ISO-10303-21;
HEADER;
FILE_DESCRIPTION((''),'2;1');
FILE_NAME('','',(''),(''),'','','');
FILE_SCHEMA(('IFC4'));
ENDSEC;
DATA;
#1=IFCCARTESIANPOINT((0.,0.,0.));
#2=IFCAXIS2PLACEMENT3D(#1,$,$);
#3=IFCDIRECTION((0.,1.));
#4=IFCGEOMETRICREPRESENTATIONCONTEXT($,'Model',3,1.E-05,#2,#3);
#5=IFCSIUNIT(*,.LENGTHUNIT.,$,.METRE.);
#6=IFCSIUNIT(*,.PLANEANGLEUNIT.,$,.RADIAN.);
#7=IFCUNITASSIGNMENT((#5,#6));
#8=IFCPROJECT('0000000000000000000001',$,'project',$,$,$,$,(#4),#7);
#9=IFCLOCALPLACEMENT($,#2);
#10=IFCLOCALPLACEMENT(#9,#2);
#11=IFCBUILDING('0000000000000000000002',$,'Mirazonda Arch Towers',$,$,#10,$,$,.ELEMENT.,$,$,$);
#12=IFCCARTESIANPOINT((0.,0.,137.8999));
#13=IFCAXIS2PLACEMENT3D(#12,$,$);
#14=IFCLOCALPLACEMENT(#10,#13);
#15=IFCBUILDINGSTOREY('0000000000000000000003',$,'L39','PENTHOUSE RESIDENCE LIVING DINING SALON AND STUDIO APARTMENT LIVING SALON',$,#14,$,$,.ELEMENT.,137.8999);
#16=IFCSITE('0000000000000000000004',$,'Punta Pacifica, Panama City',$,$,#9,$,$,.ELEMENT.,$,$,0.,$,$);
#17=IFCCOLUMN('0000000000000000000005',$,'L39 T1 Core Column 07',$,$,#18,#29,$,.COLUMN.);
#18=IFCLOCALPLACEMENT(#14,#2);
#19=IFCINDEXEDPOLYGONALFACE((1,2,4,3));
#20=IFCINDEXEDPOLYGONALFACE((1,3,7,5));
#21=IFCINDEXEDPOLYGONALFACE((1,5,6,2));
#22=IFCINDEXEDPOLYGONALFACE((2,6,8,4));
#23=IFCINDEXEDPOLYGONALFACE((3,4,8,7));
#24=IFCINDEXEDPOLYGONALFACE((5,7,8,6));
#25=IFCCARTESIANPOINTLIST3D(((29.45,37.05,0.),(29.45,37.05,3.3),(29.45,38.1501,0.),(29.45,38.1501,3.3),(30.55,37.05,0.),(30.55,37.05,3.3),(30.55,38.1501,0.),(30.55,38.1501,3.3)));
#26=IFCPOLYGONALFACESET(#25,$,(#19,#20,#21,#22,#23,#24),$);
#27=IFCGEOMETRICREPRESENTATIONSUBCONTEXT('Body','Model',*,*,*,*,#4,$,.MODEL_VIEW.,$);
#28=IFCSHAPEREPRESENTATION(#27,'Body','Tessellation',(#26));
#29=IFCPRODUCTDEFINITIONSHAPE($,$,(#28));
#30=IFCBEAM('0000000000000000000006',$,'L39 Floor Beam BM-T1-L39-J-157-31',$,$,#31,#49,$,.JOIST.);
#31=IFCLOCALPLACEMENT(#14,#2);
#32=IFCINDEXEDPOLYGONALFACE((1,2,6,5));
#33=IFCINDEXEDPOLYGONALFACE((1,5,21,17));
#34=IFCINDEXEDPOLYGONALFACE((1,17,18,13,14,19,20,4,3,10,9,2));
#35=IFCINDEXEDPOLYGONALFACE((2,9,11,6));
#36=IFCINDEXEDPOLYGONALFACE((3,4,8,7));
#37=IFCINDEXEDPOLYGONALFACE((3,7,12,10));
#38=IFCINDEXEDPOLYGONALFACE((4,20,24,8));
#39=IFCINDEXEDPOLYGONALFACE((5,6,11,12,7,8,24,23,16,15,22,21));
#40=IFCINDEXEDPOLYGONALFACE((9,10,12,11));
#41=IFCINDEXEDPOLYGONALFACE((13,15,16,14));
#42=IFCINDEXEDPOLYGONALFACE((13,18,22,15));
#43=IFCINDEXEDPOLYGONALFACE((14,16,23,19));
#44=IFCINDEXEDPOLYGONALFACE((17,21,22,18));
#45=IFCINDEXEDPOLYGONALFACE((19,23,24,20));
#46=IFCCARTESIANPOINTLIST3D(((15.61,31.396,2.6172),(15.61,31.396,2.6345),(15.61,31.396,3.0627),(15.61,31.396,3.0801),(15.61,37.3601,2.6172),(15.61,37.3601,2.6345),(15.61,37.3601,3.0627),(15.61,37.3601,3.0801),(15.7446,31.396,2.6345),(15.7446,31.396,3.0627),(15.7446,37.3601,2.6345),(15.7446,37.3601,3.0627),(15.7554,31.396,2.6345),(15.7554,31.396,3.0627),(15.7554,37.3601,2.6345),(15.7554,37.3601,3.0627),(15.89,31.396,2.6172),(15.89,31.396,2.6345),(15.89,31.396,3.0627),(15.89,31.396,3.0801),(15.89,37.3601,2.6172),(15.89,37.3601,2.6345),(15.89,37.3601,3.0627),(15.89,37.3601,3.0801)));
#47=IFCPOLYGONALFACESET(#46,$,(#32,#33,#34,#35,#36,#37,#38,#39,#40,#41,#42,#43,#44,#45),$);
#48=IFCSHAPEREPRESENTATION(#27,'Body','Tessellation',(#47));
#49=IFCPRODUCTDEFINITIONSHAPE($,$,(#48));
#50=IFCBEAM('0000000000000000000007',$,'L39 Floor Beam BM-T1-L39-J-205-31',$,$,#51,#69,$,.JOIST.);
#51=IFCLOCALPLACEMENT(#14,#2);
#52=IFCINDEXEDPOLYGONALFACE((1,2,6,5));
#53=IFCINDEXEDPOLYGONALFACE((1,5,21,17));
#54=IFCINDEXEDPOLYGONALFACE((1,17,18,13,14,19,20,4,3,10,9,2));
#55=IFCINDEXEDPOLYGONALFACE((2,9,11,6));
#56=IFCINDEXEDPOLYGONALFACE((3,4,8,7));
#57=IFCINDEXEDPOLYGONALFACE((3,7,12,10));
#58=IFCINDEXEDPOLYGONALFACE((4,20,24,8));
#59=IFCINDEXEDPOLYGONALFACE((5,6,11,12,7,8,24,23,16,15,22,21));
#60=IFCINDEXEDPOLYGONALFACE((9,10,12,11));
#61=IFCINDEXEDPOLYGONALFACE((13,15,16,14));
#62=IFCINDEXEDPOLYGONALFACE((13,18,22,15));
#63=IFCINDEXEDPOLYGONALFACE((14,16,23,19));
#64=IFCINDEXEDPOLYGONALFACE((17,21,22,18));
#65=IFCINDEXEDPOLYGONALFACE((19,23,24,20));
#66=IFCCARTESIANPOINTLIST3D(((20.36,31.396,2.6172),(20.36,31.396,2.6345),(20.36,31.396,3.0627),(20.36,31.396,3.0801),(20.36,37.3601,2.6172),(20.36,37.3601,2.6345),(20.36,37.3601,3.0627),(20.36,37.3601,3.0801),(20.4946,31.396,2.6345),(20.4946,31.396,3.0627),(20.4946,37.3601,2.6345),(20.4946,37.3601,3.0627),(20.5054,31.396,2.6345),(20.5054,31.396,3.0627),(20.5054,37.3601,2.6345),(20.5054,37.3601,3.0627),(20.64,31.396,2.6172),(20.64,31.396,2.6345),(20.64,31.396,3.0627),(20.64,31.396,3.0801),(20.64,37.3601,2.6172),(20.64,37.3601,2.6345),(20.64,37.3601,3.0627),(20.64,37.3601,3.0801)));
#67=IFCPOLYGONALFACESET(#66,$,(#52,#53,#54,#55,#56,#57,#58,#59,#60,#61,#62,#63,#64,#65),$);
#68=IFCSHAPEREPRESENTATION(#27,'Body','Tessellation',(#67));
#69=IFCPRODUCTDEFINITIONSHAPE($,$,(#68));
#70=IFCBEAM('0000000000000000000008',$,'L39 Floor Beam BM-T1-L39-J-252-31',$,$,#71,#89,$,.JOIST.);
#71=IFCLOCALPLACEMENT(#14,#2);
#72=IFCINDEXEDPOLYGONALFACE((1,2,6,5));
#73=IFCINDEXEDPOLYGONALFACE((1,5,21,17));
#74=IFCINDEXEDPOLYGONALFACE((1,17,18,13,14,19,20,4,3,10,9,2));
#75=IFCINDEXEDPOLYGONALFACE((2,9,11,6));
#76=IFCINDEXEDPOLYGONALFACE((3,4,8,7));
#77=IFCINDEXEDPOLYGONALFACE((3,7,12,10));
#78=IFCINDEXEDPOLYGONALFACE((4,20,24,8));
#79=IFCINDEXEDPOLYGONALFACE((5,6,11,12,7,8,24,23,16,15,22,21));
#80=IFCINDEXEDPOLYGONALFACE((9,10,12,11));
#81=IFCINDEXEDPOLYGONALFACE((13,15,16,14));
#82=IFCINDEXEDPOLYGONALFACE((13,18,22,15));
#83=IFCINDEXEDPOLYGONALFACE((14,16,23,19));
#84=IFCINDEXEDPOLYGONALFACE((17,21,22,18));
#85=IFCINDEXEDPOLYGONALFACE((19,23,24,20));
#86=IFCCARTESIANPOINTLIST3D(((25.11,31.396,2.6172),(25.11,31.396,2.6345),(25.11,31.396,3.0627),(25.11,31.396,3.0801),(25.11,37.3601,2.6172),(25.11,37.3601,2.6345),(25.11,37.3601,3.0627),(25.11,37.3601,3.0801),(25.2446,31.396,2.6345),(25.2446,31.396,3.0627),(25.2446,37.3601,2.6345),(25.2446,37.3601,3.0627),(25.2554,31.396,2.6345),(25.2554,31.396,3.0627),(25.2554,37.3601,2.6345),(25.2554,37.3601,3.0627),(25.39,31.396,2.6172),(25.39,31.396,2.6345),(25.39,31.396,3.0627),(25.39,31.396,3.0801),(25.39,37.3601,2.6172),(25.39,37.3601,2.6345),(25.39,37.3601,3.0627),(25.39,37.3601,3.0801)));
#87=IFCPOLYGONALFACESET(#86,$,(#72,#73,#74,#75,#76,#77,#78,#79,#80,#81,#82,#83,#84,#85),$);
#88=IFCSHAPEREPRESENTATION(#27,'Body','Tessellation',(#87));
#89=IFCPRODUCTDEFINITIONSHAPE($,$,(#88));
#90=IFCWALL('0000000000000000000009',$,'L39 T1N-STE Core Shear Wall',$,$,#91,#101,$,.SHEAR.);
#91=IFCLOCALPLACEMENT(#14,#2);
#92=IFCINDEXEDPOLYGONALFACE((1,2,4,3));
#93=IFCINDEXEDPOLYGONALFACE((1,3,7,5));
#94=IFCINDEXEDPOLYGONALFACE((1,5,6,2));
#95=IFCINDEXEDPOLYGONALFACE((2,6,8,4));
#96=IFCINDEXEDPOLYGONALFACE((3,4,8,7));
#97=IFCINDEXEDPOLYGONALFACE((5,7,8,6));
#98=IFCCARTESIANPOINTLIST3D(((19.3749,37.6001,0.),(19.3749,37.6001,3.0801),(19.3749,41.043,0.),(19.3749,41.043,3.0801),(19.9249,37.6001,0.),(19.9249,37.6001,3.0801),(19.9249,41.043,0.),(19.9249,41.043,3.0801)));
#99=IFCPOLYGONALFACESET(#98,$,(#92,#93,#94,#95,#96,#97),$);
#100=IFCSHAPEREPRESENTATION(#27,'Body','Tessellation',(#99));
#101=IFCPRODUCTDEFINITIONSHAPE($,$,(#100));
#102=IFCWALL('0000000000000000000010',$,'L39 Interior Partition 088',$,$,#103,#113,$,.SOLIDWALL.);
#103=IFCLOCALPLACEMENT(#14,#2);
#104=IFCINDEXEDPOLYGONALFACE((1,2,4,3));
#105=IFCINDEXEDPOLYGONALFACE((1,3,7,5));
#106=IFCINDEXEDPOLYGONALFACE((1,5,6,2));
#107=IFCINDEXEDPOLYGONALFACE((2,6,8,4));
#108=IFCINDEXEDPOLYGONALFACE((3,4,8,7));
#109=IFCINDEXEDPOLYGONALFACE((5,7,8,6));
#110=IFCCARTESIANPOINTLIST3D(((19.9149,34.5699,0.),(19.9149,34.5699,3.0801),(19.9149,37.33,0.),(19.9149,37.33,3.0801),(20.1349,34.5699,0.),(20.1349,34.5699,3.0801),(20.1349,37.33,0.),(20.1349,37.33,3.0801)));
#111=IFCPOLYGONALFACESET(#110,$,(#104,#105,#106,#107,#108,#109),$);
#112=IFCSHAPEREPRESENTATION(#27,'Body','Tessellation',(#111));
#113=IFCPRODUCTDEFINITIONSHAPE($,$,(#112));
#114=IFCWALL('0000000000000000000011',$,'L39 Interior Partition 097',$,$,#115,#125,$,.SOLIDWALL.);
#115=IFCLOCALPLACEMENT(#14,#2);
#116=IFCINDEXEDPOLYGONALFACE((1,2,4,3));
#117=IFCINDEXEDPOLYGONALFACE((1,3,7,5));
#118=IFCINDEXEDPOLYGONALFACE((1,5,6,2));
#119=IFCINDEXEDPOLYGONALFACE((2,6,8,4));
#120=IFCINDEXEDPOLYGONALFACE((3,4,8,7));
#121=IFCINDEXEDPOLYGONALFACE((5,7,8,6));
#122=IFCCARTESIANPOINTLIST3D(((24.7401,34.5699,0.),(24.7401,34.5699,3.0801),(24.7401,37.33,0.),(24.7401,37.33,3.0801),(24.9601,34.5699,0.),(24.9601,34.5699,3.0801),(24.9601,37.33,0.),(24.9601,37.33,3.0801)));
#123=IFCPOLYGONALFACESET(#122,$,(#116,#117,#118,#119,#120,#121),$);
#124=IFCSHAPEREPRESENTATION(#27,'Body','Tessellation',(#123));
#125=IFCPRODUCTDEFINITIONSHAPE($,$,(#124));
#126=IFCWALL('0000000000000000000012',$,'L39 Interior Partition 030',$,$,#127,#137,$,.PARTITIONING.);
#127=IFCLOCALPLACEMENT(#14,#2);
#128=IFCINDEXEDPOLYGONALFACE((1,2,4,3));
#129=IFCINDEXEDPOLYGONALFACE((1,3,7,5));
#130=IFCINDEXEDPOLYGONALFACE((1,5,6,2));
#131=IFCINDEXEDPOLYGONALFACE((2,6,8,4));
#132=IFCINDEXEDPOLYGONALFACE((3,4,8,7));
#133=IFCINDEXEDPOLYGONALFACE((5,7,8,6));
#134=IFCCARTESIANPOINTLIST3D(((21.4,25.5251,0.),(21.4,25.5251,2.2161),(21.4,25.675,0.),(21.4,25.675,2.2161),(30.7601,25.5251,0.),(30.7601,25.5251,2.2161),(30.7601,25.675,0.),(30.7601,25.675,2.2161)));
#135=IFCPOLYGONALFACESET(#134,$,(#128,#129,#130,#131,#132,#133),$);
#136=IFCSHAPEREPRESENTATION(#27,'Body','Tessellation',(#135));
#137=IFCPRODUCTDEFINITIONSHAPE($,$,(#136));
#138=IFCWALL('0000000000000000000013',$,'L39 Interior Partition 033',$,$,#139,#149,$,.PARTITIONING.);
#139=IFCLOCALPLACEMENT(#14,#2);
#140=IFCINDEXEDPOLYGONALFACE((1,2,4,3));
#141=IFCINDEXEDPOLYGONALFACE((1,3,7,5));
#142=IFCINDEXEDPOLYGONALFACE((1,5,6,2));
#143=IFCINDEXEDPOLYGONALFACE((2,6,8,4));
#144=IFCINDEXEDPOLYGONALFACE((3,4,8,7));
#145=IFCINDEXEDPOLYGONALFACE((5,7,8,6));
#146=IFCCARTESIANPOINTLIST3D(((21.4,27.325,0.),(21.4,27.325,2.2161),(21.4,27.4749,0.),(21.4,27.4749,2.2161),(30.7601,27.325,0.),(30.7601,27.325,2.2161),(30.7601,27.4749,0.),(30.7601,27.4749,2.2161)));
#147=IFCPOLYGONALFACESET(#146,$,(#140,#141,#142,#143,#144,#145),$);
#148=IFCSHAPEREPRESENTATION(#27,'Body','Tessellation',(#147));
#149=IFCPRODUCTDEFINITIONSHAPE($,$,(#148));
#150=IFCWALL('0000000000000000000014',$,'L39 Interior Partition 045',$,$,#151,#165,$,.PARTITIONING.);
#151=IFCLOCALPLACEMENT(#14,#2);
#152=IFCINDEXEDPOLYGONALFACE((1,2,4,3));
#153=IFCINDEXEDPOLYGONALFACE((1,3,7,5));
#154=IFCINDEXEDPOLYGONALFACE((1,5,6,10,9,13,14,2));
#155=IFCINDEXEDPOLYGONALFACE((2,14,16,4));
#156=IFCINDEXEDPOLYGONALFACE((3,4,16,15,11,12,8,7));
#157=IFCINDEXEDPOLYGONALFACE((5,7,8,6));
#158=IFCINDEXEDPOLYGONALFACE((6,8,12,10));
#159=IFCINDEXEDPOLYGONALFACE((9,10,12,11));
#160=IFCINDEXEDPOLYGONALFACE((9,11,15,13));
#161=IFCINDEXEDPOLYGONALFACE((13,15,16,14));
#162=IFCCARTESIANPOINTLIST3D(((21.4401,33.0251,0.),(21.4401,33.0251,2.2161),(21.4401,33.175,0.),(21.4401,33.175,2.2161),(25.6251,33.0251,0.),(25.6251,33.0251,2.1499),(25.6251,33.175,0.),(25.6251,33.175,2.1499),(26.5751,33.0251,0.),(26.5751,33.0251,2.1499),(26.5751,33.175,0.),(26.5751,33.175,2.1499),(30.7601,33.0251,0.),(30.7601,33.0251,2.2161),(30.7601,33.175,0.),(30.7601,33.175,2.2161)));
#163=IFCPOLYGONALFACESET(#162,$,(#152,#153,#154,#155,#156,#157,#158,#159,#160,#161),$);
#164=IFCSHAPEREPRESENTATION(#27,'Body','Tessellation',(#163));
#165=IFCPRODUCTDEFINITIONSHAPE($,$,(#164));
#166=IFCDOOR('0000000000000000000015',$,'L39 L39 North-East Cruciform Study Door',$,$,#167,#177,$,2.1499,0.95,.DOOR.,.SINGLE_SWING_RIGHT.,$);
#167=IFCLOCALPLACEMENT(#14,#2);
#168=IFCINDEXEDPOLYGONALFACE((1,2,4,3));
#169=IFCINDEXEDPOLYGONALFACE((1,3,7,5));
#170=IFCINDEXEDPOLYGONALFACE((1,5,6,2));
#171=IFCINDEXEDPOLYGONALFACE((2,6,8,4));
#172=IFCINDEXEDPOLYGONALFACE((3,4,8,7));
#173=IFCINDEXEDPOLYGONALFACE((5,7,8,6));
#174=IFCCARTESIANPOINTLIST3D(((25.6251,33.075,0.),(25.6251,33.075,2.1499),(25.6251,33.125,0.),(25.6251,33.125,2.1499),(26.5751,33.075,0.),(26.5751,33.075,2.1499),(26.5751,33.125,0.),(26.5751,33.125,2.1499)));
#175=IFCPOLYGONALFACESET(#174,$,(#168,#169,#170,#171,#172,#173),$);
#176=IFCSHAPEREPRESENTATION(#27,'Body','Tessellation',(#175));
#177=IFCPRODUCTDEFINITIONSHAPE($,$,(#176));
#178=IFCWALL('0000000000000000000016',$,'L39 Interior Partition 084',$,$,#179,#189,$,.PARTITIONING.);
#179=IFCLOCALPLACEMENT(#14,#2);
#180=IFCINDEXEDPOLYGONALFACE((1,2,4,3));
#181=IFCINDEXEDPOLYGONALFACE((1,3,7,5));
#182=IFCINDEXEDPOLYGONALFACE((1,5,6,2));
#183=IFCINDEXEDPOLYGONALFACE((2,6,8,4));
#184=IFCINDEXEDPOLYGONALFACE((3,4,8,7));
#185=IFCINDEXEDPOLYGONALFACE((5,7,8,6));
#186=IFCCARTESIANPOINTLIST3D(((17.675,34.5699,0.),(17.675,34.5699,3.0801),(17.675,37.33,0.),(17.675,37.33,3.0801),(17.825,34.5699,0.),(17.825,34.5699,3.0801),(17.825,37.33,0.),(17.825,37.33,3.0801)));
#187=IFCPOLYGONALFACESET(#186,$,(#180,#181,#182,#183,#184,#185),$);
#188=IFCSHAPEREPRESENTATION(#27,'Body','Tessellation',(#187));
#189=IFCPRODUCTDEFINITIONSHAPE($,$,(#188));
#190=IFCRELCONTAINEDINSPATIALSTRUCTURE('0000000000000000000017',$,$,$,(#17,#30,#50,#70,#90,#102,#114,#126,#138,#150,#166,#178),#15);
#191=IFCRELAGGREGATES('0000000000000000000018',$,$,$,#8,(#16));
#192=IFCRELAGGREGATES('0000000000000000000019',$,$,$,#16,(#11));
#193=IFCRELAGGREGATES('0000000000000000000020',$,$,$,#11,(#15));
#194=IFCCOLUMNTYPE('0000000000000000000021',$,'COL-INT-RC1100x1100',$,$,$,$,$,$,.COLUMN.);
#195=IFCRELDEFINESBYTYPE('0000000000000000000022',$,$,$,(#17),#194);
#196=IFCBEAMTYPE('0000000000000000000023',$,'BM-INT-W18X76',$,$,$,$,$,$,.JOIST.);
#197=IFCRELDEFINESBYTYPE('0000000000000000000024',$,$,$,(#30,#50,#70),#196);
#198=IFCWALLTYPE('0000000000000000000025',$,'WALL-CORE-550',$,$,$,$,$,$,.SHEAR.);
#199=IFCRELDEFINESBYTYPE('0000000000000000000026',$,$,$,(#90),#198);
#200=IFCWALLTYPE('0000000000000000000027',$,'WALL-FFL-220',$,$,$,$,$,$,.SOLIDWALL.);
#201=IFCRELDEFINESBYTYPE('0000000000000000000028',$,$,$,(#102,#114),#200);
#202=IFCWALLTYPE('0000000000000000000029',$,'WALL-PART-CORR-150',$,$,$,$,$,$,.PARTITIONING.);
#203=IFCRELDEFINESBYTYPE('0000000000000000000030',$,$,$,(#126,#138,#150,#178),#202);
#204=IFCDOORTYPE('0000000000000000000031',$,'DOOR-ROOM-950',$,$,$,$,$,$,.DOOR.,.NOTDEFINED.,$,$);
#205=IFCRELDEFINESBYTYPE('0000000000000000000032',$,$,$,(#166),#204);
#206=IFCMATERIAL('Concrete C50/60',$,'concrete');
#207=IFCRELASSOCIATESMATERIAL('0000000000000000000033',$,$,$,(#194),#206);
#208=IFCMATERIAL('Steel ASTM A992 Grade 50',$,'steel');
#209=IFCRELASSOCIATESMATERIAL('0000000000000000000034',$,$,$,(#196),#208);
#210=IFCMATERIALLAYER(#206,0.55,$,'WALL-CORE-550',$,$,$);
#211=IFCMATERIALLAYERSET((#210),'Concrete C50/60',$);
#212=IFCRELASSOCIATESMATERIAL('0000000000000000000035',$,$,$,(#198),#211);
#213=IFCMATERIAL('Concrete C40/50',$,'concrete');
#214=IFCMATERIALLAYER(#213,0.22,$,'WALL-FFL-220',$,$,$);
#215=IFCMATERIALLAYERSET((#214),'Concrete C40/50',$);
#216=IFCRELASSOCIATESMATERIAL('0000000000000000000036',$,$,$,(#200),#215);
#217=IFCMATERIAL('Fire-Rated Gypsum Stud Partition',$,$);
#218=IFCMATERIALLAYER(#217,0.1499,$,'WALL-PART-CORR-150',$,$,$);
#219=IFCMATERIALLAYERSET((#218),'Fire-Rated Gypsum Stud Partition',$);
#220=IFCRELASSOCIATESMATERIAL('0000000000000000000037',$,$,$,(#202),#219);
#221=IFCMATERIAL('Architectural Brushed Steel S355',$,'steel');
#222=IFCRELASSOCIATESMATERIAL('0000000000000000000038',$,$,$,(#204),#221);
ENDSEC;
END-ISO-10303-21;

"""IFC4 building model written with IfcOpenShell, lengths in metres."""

from ifc_helpers import new_model, si_unit, direction, frame, frame_2d, origin, origin_2d, place, context, subcontext, project, spatial, rectangle, i_section, extrude, material, layer, layer_set, material_profile, profile_set, type_object, element, fill, save


model = new_model("IFC4")

# Units and contexts
model_context = context("Model", 3, precision=1e-05, world=origin(), true_north=direction((0.0, 1.0)))
body_context = subcontext(model_context, "Body", "Model", "MODEL_VIEW")
ifc_project = project(units=[si_unit("LENGTHUNIT", "METRE"), si_unit("PLANEANGLEUNIT", "RADIAN")], contexts=[model_context])

# Site, building, storey
site_placement = place(None, origin())
site = spatial("IfcSite", under=ifc_project, at=site_placement, Name="Punta Pacifica, Panama City", CompositionType="ELEMENT", RefElevation=0.0)
building_placement = place(site_placement, origin())
building = spatial("IfcBuilding", under=site, at=building_placement, Name="Mirazonda Arch Towers", CompositionType="ELEMENT")
storey_placement = place(building_placement, frame((0.0, 0.0, 137.8999)))
storey = spatial("IfcBuildingStorey", under=building, at=storey_placement, Name="L39", Description="PENTHOUSE RESIDENCE LIVING DINING SALON AND STUDIO APARTMENT LIVING SALON", CompositionType="ELEMENT", Elevation=137.8999)

# Column
ifc_material_1 = material(Name="Concrete C50/60", Category="concrete")
ifc_material_profile_1 = material_profile(ifc_material_1, rectangle(XDim=1.1001, YDim=1.1001, at=origin_2d()), Name="RC1100x1100")
ifc_profile_set_1 = profile_set([ifc_material_profile_1], Name="Concrete C50/60")
column_type = type_object("IfcColumnType", Name="COL-INT-RC1100x1100", PredefinedType="COLUMN", material=ifc_profile_set_1)
column_placement = place(storey_placement, frame((30.0, 37.6001, 0.0), z_axis=(0.0, 0.0, 1.0), x_axis=(1.0, 0.0, 0.0)))
element("IfcColumn", 1, at=column_placement, inside=storey, type_object=column_type, Name="L39 T1 Core Column 07", PredefinedType="COLUMN", context=body_context, shape_type="SweptSolid", body=[
    extrude(rectangle(XDim=1.1001, YDim=1.1001, at=origin_2d()), origin(), (0.0, 0.0, 1.0), 3.3),
])

# Beams
ifc_material_2 = material(Name="Steel ASTM A992 Grade 50", Category="steel")
ifc_material_profile_2 = material_profile(ifc_material_2, i_section(OverallWidth=0.28, OverallDepth=0.4629, WebThickness=0.0107, FlangeThickness=0.0173, at=origin_2d()), Name="W18X76")
ifc_profile_set_2 = profile_set([ifc_material_profile_2], Name="Steel ASTM A992 Grade 50")
beam_type = type_object("IfcBeamType", Name="BM-INT-W18X76", PredefinedType="JOIST", material=ifc_profile_set_2)
for number, where, z_axis, x_axis, name in (
    (2, (15.75, 31.396, 2.8486), (0.0, 1.0, 0.0), (-1.0, 0.0, 0.0), "L39 Floor Beam BM-T1-L39-J-157-31"),
    (3, (20.5, 31.396, 2.8486), (0.0, 1.0, 0.0), (-1.0, 0.0, 0.0), "L39 Floor Beam BM-T1-L39-J-205-31"),
    (4, (25.25, 31.396, 2.8486), (0.0, 1.0, 0.0), (-1.0, 0.0, 0.0), "L39 Floor Beam BM-T1-L39-J-252-31"),
):
    element("IfcBeam", number, at=place(storey_placement, frame(where, z_axis=z_axis, x_axis=x_axis)), inside=storey, type_object=beam_type, Name=name, PredefinedType="JOIST", context=body_context, shape_type="SweptSolid", body=[
        extrude(i_section(OverallWidth=0.28, OverallDepth=0.4629, WebThickness=0.0107, FlangeThickness=0.0173, at=origin_2d()), origin(), (0.0, 0.0, 1.0), 5.9641),
    ])

# Walls
ifc_layer_1 = layer(ifc_material_1, 0.55, Name="WALL-CORE-550")
ifc_layer_set_1 = layer_set([ifc_layer_1], Name="Concrete C50/60")
wall_type_1 = type_object("IfcWallType", Name="WALL-CORE-550", PredefinedType="SHEAR", material=ifc_layer_set_1)
wall_1_placement = place(storey_placement, frame((19.6499, 37.6001, 0.0), z_axis=(0.0, 0.0, 1.0), x_axis=(0.0, 1.0, 0.0)))
element("IfcWall", 5, at=wall_1_placement, inside=storey, type_object=wall_type_1, Name="L39 T1N-STE Core Shear Wall", PredefinedType="SHEAR", context=body_context, shape_type="SweptSolid", body=[
    extrude(rectangle(XDim=3.4429, YDim=0.55, at=frame_2d((1.7214, 0.0))), origin(), (0.0, 0.0, 1.0), 3.0801),
])
ifc_material_3 = material(Name="Concrete C40/50", Category="concrete")
ifc_layer_2 = layer(ifc_material_3, 0.22, Name="WALL-FFL-220")
ifc_layer_set_2 = layer_set([ifc_layer_2], Name="Concrete C40/50")
wall_type_2 = type_object("IfcWallType", Name="WALL-FFL-220", PredefinedType="SOLIDWALL", material=ifc_layer_set_2)
for number, where, z_axis, x_axis, name in (
    (6, (20.0249, 34.5701, 0.0), (0.0, 0.0, 1.0), (0.0, 1.0, 0.0), "L39 Interior Partition 088"),
    (7, (24.8501, 34.5701, 0.0), (0.0, 0.0, 1.0), (0.0, 1.0, 0.0), "L39 Interior Partition 097"),
):
    element("IfcWall", number, at=place(storey_placement, frame(where, z_axis=z_axis, x_axis=x_axis)), inside=storey, type_object=wall_type_2, Name=name, PredefinedType="SOLIDWALL", context=body_context, shape_type="SweptSolid", body=[
        extrude(rectangle(XDim=2.76, YDim=0.22, at=frame_2d((1.3799, 0.0))), origin(), (0.0, 0.0, 1.0), 3.0801),
    ])
ifc_material_4 = material(Name="Fire-Rated Gypsum Stud Partition")
ifc_layer_3 = layer(ifc_material_4, 0.1499, Name="WALL-PART-CORR-150")
ifc_layer_set_3 = layer_set([ifc_layer_3], Name="Fire-Rated Gypsum Stud Partition")
wall_type_3 = type_object("IfcWallType", Name="WALL-PART-CORR-150", PredefinedType="PARTITIONING", material=ifc_layer_set_3)
for number, where, z_axis, x_axis, name in (
    (8, (21.3999, 25.6001, 0.0), (0.0, 0.0, 1.0), (1.0, 0.0, 0.0), "L39 Interior Partition 030"),
    (9, (21.3999, 27.3999, 0.0), (0.0, 0.0, 1.0), (1.0, 0.0, 0.0), "L39 Interior Partition 033"),
):
    element("IfcWall", number, at=place(storey_placement, frame(where, z_axis=z_axis, x_axis=x_axis)), inside=storey, type_object=wall_type_3, Name=name, PredefinedType="PARTITIONING", context=body_context, shape_type="SweptSolid", body=[
        extrude(rectangle(XDim=9.3601, YDim=0.1499, at=frame_2d((4.6802, 0.0))), origin(), (0.0, 0.0, 1.0), 2.2161),
    ])

# Wall, opening, door
wall_2_placement = place(storey_placement, frame((21.4399, 33.1001, 0.0), z_axis=(0.0, 0.0, 1.0), x_axis=(1.0, 0.0, 0.0)))
wall_2 = element("IfcWall", 10, at=wall_2_placement, inside=storey, type_object=wall_type_3, Name="L39 Interior Partition 045", PredefinedType="PARTITIONING", context=body_context, shape_type="SweptSolid", body=[
    extrude(rectangle(XDim=9.3201, YDim=0.1499, at=frame_2d((4.6602, 0.0))), origin(), (0.0, 0.0, 1.0), 2.2161),
])
opening_placement = place(wall_2_placement, frame((4.1851, 0.0, 0.0)))
opening = element("IfcOpeningElement", 11, at=opening_placement, cuts=wall_2, PredefinedType="OPENING", context=body_context, shape_type="SweptSolid", body=[
    extrude(rectangle(XDim=0.95, YDim=2.1499, at=frame_2d((0.4751, 1.075))), frame((0.0, 0.085, 0.0), z_axis=(0.0, -1.0, 0.0), x_axis=(1.0, 0.0, 0.0)), (0.0, 0.0, 1.0), 0.1699),
])
ifc_material_5 = material(Name="Architectural Brushed Steel S355", Category="steel")
door_type = type_object("IfcDoorType", Name="DOOR-ROOM-950", OperationType="NOTDEFINED", PredefinedType="DOOR", material=ifc_material_5)
door_placement = place(opening_placement, origin())
door = element("IfcDoor", 12, at=door_placement, inside=storey, type_object=door_type, Name="L39 L39 North-East Cruciform Study Door", OperationType="SINGLE_SWING_RIGHT", OverallHeight=2.1499, OverallWidth=0.95, PredefinedType="DOOR", context=body_context, shape_type="SweptSolid", body=[
    extrude(rectangle(XDim=0.95, YDim=2.1499, at=frame_2d((0.4751, 1.075))), frame((0.0, 0.0249, 0.0), z_axis=(0.0, -1.0, 0.0), x_axis=(1.0, 0.0, 0.0)), (0.0, 0.0, 1.0), 0.05),
])
fill(opening, door)

# Wall
wall_3_placement = place(storey_placement, frame((17.75, 34.5701, 0.0), z_axis=(0.0, 0.0, 1.0), x_axis=(0.0, 1.0, 0.0)))
element("IfcWall", 13, at=wall_3_placement, inside=storey, type_object=wall_type_3, Name="L39 Interior Partition 084", PredefinedType="PARTITIONING", context=body_context, shape_type="SweptSolid", body=[
    extrude(rectangle(XDim=2.76, YDim=0.1499, at=frame_2d((1.3799, 0.0))), origin(), (0.0, 0.0, 1.0), 3.0801),
])

save(model, "model.ifc")
